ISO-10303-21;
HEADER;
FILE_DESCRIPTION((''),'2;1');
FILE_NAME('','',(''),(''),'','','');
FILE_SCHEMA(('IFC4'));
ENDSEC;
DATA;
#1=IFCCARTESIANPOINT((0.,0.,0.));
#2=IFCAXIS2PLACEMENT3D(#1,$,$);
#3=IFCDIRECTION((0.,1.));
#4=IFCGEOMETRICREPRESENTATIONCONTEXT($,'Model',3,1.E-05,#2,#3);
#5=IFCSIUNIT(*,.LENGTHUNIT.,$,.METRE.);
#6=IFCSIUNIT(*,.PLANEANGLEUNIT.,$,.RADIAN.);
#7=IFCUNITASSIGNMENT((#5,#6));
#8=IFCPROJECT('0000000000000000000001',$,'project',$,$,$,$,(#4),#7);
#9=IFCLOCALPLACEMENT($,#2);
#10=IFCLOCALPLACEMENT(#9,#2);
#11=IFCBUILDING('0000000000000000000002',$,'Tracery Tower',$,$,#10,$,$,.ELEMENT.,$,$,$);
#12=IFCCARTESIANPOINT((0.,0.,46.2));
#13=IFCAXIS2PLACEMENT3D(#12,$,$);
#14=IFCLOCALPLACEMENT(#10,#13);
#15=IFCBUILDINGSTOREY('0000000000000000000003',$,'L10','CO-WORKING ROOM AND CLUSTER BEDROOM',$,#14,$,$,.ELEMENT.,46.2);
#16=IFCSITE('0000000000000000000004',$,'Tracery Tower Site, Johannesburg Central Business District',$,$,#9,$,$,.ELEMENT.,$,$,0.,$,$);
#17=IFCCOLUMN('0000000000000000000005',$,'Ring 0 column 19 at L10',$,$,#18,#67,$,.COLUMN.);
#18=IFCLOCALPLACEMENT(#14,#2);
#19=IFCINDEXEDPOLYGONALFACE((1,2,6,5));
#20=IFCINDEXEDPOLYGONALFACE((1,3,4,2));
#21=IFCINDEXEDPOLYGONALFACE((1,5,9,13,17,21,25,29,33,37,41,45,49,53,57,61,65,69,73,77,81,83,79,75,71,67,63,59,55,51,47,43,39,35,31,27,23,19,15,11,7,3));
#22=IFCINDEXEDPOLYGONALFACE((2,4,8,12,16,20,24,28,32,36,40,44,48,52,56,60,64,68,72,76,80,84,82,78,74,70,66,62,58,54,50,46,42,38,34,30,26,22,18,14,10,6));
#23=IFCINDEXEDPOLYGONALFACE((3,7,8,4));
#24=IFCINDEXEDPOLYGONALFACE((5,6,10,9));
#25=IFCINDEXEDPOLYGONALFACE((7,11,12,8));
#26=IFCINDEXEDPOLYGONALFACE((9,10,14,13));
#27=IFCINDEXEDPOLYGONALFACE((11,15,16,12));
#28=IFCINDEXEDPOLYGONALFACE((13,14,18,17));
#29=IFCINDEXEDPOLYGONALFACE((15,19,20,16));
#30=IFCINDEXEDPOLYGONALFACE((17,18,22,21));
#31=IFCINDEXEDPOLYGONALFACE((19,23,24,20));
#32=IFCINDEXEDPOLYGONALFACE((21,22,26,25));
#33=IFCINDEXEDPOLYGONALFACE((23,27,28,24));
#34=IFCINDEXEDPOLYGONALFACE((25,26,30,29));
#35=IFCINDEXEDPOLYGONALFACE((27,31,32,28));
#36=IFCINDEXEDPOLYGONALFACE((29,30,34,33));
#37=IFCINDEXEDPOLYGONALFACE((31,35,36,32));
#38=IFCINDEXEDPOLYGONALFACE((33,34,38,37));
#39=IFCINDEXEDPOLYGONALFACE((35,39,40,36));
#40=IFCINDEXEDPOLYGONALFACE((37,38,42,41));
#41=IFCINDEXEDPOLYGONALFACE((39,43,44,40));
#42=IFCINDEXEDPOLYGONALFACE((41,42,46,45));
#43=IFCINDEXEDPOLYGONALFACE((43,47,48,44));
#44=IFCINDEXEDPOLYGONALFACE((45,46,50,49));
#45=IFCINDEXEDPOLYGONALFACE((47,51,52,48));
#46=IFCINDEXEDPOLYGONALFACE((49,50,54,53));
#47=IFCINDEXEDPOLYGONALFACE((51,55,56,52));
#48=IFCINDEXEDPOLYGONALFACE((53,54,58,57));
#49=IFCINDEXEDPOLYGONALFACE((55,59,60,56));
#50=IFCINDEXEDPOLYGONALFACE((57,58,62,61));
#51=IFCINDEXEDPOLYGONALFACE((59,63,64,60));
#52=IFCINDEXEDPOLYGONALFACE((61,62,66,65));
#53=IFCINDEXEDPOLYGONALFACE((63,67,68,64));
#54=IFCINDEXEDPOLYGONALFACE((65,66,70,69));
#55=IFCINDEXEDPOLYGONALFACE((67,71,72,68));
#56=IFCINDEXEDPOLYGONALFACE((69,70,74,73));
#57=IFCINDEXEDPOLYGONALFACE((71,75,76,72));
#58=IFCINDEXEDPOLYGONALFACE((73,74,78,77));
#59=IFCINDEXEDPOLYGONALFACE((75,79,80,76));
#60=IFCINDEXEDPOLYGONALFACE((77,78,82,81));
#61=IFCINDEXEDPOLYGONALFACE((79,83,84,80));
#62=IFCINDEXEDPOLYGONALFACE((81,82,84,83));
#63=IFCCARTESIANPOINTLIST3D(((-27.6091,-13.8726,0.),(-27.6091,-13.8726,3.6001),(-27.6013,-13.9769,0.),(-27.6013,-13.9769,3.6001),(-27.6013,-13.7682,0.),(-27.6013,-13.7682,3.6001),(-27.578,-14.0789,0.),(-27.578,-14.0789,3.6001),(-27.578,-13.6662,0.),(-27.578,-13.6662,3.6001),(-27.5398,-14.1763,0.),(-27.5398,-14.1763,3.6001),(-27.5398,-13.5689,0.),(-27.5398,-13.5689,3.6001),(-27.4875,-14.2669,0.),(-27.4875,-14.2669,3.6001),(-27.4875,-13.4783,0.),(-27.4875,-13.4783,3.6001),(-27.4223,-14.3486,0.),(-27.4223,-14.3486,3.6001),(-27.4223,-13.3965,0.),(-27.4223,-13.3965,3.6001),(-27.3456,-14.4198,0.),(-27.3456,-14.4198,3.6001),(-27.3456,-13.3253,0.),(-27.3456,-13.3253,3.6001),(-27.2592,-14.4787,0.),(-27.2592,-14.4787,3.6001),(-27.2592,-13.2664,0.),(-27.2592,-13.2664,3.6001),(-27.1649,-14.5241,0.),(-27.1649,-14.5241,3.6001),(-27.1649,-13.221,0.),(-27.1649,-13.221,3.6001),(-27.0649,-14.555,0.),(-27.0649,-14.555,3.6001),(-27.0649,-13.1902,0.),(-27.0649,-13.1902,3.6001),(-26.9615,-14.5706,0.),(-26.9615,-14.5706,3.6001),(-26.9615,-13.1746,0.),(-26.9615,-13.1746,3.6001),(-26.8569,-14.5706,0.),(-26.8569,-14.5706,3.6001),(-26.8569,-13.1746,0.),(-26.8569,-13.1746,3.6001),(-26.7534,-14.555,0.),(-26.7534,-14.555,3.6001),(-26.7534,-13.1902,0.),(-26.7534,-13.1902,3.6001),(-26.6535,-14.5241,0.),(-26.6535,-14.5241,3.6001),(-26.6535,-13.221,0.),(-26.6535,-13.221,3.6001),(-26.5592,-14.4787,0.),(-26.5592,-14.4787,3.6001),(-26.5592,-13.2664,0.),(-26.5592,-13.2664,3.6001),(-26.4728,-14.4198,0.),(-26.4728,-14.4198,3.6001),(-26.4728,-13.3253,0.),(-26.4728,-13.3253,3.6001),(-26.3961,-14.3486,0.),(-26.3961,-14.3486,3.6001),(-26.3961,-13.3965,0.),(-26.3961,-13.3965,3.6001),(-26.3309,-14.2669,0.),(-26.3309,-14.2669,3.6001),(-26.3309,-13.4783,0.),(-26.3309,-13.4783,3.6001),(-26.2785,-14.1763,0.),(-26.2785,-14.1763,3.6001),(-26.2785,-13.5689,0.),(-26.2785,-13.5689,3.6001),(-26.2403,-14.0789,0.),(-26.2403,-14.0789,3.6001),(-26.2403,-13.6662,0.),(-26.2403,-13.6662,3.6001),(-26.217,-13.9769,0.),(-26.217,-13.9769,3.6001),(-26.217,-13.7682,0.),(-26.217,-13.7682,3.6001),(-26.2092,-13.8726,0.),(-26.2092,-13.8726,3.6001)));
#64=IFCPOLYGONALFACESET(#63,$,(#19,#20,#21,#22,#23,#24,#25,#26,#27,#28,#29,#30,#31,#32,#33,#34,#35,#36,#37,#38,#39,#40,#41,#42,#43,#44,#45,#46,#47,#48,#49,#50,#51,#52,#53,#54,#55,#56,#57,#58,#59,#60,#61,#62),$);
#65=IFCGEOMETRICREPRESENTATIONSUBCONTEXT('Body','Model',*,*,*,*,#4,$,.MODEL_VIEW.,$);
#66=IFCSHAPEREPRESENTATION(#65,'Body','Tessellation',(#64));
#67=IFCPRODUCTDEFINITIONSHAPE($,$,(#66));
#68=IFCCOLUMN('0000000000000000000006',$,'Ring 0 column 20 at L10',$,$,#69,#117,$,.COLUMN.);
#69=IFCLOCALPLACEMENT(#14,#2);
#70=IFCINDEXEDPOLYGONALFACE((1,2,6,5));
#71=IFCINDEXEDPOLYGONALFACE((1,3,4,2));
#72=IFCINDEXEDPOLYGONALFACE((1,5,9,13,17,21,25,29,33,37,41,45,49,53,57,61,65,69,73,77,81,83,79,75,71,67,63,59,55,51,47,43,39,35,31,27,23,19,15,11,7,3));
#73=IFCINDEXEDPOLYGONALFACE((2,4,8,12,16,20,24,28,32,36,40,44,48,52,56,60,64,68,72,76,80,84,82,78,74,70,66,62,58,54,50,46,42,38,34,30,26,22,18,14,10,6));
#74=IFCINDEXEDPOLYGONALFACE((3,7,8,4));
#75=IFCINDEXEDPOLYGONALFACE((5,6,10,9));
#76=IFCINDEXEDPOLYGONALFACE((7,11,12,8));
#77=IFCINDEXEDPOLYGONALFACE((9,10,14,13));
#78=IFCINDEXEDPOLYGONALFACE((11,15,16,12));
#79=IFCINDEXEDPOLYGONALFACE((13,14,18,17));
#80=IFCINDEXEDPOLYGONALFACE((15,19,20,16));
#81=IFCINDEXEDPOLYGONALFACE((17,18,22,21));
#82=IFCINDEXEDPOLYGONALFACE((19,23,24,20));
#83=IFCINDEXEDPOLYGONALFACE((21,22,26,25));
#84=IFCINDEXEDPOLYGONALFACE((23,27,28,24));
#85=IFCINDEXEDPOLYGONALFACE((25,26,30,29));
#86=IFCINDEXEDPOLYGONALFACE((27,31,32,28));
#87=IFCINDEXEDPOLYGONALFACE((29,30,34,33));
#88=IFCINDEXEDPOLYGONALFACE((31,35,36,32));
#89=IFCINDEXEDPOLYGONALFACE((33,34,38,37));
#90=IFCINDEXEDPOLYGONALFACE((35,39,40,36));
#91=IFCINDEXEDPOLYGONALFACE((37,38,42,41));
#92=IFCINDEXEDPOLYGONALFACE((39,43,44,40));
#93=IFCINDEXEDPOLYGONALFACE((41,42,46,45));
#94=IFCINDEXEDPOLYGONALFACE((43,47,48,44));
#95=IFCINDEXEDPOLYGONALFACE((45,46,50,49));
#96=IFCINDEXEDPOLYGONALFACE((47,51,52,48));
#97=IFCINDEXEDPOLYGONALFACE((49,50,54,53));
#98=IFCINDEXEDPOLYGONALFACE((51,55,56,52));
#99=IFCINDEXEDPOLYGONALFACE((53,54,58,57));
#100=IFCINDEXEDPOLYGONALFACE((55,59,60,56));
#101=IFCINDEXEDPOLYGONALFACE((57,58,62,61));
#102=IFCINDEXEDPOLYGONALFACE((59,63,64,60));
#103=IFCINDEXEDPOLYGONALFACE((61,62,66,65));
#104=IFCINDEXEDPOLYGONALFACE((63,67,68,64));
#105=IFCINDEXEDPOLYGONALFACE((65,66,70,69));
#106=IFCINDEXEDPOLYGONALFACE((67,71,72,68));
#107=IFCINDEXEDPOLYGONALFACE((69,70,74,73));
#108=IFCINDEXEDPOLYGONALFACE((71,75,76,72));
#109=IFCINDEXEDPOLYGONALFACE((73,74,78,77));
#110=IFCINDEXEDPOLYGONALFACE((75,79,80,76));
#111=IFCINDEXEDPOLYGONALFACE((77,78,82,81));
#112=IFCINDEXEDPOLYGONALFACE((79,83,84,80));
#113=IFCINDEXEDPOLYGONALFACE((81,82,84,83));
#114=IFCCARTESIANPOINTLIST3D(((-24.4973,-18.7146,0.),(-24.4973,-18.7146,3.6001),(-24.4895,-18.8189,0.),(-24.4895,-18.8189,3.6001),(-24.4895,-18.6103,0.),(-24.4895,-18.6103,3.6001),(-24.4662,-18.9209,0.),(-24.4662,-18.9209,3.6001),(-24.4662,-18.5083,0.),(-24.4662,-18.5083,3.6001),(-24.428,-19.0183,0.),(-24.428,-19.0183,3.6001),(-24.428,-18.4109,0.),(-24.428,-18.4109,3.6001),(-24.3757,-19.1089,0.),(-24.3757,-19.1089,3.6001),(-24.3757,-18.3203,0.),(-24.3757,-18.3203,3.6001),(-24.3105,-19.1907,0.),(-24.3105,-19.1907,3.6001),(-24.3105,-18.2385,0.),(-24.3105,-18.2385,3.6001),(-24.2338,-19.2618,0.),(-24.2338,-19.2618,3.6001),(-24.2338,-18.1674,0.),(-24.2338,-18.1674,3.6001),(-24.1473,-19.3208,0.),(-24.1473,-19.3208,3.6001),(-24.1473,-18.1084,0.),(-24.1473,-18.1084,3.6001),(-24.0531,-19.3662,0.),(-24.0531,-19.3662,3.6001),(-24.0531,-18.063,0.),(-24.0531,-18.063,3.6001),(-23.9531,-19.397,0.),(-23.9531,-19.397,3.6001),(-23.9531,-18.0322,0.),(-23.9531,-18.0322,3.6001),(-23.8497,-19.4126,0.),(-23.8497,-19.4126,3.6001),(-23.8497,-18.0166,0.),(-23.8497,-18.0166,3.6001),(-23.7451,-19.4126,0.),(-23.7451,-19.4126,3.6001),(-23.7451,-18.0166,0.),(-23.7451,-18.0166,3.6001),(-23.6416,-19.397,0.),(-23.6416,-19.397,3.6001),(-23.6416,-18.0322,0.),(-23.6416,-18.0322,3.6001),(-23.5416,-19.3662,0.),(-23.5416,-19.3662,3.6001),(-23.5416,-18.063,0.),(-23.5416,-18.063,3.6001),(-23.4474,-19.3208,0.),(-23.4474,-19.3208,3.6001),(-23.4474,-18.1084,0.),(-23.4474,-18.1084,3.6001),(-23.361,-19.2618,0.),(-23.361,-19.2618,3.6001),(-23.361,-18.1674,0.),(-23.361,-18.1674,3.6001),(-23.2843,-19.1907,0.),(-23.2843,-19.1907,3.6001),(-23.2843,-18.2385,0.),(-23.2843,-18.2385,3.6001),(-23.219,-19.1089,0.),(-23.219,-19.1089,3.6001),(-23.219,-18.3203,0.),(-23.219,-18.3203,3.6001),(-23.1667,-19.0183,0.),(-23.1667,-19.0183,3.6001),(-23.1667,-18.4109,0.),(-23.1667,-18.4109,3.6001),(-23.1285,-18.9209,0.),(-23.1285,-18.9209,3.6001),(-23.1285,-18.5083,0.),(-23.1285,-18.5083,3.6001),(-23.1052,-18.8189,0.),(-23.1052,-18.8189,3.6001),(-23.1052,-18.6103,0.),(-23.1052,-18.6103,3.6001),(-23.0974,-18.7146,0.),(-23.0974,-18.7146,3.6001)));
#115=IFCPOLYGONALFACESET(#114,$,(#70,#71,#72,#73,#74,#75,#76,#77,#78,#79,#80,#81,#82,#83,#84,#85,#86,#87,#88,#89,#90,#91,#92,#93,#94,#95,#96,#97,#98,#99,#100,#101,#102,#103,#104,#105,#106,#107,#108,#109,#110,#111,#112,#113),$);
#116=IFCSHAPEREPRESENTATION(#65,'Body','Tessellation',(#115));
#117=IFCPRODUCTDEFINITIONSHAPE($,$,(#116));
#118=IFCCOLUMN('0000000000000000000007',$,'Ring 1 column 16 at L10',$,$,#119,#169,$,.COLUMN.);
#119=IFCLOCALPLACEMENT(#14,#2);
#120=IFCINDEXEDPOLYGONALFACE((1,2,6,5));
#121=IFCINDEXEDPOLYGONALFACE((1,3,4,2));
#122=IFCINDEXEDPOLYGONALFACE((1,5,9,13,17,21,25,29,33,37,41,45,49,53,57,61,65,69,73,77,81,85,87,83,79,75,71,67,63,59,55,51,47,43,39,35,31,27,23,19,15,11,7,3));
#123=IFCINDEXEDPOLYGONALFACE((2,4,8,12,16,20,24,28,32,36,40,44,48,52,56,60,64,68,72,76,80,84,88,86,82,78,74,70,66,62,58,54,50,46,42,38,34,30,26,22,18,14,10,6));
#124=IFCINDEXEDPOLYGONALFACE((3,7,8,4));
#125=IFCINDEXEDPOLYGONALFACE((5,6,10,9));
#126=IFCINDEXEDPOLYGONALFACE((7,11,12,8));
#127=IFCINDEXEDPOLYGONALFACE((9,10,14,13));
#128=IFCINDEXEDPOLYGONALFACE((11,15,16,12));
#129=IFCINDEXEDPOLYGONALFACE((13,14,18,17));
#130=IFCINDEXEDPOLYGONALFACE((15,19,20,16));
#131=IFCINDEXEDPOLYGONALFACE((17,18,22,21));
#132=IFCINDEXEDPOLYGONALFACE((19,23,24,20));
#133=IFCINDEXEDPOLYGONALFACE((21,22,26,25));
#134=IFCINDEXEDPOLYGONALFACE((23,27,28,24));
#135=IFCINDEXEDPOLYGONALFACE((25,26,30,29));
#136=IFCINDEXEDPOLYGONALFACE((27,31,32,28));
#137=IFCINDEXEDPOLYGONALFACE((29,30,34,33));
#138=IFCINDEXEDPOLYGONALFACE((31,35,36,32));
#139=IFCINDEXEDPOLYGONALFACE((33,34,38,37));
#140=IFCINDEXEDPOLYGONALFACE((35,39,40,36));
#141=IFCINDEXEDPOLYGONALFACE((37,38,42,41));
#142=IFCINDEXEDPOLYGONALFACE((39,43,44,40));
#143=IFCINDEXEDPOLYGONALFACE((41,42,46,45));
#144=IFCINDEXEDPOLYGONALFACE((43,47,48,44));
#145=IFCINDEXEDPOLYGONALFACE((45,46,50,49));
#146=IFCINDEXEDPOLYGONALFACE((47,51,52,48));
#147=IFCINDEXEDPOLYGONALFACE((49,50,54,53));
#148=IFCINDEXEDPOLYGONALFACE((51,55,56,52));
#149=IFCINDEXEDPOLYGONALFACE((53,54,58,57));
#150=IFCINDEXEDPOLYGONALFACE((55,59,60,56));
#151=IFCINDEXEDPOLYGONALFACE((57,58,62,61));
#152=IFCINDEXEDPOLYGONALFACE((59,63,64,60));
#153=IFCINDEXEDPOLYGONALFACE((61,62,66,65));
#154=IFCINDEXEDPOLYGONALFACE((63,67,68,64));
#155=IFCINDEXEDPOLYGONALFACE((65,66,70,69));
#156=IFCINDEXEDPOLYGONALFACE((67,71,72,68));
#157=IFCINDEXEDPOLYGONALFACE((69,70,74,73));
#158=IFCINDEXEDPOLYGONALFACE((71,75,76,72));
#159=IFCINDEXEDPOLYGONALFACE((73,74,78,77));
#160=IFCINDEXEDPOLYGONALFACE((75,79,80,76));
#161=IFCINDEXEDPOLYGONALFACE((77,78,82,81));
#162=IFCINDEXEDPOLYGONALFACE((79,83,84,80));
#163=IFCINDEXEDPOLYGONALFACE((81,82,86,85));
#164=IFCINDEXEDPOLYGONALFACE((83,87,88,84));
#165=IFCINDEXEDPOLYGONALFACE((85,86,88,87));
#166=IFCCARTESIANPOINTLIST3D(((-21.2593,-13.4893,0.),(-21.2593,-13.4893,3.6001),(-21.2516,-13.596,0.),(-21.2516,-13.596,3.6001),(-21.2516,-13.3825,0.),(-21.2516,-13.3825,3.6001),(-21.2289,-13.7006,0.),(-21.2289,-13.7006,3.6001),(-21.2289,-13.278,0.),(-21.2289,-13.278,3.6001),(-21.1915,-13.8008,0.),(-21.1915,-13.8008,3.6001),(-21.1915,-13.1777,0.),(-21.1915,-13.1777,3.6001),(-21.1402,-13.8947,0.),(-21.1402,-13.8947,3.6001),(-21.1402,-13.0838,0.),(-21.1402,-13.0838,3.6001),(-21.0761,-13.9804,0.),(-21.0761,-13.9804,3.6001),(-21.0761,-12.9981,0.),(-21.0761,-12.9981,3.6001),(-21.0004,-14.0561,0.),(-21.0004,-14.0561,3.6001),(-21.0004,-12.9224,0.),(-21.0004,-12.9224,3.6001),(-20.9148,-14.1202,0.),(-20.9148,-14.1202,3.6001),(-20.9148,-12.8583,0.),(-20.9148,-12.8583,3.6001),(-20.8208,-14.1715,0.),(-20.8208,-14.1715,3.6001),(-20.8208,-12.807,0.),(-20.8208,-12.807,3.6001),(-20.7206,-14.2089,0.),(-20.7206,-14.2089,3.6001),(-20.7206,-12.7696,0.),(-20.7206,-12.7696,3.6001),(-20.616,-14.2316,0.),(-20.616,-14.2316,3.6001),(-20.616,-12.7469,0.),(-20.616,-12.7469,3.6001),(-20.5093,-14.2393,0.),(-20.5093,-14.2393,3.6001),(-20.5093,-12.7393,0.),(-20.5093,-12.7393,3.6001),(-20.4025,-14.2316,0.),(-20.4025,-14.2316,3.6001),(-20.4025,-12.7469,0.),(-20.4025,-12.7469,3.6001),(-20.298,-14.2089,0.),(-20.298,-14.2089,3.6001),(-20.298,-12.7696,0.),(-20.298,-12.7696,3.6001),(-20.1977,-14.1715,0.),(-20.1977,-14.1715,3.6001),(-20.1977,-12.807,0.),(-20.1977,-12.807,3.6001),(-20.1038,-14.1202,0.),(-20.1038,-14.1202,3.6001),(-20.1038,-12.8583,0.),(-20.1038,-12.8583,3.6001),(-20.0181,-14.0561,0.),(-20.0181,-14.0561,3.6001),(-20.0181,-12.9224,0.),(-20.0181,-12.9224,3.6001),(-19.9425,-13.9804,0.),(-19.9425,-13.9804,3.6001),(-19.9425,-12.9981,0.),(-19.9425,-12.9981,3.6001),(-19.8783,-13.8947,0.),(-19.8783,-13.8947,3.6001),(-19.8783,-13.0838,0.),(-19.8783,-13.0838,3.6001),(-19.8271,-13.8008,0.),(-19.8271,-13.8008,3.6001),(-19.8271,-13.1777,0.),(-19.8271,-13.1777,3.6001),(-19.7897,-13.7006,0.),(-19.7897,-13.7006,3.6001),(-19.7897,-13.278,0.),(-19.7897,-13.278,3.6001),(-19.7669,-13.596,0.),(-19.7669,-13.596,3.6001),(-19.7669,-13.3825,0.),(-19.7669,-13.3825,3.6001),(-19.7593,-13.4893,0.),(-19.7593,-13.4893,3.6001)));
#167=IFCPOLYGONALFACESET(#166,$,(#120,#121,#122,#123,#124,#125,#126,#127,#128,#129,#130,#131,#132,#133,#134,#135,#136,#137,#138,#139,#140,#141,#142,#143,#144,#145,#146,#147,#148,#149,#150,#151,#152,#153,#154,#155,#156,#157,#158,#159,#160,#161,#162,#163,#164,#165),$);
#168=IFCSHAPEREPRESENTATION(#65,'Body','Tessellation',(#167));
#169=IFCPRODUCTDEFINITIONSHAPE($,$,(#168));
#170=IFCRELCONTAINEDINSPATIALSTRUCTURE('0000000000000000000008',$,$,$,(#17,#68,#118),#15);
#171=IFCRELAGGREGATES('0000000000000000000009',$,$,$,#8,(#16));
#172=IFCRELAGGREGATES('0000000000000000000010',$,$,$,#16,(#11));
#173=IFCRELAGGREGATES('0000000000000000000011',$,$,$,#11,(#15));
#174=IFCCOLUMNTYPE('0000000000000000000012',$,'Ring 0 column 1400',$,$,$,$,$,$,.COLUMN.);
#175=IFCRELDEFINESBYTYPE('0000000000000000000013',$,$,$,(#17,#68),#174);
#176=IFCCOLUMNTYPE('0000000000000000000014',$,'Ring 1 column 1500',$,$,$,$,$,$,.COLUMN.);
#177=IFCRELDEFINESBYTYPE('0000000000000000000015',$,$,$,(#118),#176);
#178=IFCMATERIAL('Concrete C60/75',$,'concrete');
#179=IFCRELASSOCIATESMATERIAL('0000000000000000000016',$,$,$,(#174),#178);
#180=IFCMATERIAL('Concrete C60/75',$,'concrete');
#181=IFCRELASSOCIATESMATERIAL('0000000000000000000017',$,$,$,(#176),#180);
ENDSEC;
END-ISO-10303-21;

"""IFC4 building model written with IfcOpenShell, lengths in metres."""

from ifc_helpers import new_model, si_unit, direction, frame, origin, origin_2d, place, context, subcontext, project, spatial, circle, extrude, material, material_profile, profile_set, type_object, element, save


model = new_model("IFC4")

# Units and contexts
model_context = context("Model", 3, precision=1e-05, world=origin(), true_north=direction((0.0, 1.0)))
body_context = subcontext(model_context, "Body", "Model", "MODEL_VIEW")
ifc_project = project(units=[si_unit("LENGTHUNIT", "METRE"), si_unit("PLANEANGLEUNIT", "RADIAN")], contexts=[model_context])

# Site, building, storey
site_placement = place(None, origin())
site = spatial("IfcSite", under=ifc_project, at=site_placement, Name="Tracery Tower Site, Johannesburg Central Business District", CompositionType="ELEMENT", RefElevation=0.0)
building_placement = place(site_placement, origin())
building = spatial("IfcBuilding", under=site, at=building_placement, Name="Tracery Tower", CompositionType="ELEMENT")
storey_placement = place(building_placement, frame((0.0, 0.0, 46.2)))
storey = spatial("IfcBuildingStorey", under=building, at=storey_placement, Name="L10", Description="CO-WORKING ROOM AND CLUSTER BEDROOM", CompositionType="ELEMENT", Elevation=46.2)

# Columns
ifc_material_1 = material(Name="Concrete C60/75", Category="concrete")
ifc_material_profile_1 = material_profile(ifc_material_1, circle(Radius=0.7, at=origin_2d()), Name="RC D1400")
ifc_profile_set_1 = profile_set([ifc_material_profile_1], Name="Concrete C60/75")
column_type_1 = type_object("IfcColumnType", Name="Ring 0 column 1400", PredefinedType="COLUMN", material=ifc_profile_set_1)
for number, where, z_axis, x_axis, name in (
    (1, (-26.9092, -13.8726, 0.0), (0.0, 0.0, 1.0), (1.0, 0.0, 0.0), "Ring 0 column 19 at L10"),
    (2, (-23.7974, -18.7146, 0.0), (0.0, 0.0, 1.0), (1.0, 0.0, 0.0), "Ring 0 column 20 at L10"),
):
    element("IfcColumn", number, at=place(storey_placement, frame(where, z_axis=z_axis, x_axis=x_axis)), inside=storey, type_object=column_type_1, Name=name, PredefinedType="COLUMN", context=body_context, shape_type="SweptSolid", body=[
        extrude(circle(Radius=0.7, at=origin_2d()), origin(), (0.0, 0.0, 1.0), 3.6001),
    ])
ifc_material_2 = material(Name="Concrete C60/75", Category="concrete")
ifc_material_profile_2 = material_profile(ifc_material_2, circle(Radius=0.75, at=origin_2d()), Name="RC D1500")
ifc_profile_set_2 = profile_set([ifc_material_profile_2], Name="Concrete C60/75")
column_type_2 = type_object("IfcColumnType", Name="Ring 1 column 1500", PredefinedType="COLUMN", material=ifc_profile_set_2)
for number, where, z_axis, x_axis, name in (
    (3, (-20.5093, -13.4893, 0.0), (0.0, 0.0, 1.0), (1.0, 0.0, 0.0), "Ring 1 column 16 at L10"),
):
    element("IfcColumn", number, at=place(storey_placement, frame(where, z_axis=z_axis, x_axis=x_axis)), inside=storey, type_object=column_type_2, Name=name, PredefinedType="COLUMN", context=body_context, shape_type="SweptSolid", body=[
        extrude(circle(Radius=0.75, at=origin_2d()), origin(), (0.0, 0.0, 1.0), 3.6001),
    ])

save(model, "model.ifc")
